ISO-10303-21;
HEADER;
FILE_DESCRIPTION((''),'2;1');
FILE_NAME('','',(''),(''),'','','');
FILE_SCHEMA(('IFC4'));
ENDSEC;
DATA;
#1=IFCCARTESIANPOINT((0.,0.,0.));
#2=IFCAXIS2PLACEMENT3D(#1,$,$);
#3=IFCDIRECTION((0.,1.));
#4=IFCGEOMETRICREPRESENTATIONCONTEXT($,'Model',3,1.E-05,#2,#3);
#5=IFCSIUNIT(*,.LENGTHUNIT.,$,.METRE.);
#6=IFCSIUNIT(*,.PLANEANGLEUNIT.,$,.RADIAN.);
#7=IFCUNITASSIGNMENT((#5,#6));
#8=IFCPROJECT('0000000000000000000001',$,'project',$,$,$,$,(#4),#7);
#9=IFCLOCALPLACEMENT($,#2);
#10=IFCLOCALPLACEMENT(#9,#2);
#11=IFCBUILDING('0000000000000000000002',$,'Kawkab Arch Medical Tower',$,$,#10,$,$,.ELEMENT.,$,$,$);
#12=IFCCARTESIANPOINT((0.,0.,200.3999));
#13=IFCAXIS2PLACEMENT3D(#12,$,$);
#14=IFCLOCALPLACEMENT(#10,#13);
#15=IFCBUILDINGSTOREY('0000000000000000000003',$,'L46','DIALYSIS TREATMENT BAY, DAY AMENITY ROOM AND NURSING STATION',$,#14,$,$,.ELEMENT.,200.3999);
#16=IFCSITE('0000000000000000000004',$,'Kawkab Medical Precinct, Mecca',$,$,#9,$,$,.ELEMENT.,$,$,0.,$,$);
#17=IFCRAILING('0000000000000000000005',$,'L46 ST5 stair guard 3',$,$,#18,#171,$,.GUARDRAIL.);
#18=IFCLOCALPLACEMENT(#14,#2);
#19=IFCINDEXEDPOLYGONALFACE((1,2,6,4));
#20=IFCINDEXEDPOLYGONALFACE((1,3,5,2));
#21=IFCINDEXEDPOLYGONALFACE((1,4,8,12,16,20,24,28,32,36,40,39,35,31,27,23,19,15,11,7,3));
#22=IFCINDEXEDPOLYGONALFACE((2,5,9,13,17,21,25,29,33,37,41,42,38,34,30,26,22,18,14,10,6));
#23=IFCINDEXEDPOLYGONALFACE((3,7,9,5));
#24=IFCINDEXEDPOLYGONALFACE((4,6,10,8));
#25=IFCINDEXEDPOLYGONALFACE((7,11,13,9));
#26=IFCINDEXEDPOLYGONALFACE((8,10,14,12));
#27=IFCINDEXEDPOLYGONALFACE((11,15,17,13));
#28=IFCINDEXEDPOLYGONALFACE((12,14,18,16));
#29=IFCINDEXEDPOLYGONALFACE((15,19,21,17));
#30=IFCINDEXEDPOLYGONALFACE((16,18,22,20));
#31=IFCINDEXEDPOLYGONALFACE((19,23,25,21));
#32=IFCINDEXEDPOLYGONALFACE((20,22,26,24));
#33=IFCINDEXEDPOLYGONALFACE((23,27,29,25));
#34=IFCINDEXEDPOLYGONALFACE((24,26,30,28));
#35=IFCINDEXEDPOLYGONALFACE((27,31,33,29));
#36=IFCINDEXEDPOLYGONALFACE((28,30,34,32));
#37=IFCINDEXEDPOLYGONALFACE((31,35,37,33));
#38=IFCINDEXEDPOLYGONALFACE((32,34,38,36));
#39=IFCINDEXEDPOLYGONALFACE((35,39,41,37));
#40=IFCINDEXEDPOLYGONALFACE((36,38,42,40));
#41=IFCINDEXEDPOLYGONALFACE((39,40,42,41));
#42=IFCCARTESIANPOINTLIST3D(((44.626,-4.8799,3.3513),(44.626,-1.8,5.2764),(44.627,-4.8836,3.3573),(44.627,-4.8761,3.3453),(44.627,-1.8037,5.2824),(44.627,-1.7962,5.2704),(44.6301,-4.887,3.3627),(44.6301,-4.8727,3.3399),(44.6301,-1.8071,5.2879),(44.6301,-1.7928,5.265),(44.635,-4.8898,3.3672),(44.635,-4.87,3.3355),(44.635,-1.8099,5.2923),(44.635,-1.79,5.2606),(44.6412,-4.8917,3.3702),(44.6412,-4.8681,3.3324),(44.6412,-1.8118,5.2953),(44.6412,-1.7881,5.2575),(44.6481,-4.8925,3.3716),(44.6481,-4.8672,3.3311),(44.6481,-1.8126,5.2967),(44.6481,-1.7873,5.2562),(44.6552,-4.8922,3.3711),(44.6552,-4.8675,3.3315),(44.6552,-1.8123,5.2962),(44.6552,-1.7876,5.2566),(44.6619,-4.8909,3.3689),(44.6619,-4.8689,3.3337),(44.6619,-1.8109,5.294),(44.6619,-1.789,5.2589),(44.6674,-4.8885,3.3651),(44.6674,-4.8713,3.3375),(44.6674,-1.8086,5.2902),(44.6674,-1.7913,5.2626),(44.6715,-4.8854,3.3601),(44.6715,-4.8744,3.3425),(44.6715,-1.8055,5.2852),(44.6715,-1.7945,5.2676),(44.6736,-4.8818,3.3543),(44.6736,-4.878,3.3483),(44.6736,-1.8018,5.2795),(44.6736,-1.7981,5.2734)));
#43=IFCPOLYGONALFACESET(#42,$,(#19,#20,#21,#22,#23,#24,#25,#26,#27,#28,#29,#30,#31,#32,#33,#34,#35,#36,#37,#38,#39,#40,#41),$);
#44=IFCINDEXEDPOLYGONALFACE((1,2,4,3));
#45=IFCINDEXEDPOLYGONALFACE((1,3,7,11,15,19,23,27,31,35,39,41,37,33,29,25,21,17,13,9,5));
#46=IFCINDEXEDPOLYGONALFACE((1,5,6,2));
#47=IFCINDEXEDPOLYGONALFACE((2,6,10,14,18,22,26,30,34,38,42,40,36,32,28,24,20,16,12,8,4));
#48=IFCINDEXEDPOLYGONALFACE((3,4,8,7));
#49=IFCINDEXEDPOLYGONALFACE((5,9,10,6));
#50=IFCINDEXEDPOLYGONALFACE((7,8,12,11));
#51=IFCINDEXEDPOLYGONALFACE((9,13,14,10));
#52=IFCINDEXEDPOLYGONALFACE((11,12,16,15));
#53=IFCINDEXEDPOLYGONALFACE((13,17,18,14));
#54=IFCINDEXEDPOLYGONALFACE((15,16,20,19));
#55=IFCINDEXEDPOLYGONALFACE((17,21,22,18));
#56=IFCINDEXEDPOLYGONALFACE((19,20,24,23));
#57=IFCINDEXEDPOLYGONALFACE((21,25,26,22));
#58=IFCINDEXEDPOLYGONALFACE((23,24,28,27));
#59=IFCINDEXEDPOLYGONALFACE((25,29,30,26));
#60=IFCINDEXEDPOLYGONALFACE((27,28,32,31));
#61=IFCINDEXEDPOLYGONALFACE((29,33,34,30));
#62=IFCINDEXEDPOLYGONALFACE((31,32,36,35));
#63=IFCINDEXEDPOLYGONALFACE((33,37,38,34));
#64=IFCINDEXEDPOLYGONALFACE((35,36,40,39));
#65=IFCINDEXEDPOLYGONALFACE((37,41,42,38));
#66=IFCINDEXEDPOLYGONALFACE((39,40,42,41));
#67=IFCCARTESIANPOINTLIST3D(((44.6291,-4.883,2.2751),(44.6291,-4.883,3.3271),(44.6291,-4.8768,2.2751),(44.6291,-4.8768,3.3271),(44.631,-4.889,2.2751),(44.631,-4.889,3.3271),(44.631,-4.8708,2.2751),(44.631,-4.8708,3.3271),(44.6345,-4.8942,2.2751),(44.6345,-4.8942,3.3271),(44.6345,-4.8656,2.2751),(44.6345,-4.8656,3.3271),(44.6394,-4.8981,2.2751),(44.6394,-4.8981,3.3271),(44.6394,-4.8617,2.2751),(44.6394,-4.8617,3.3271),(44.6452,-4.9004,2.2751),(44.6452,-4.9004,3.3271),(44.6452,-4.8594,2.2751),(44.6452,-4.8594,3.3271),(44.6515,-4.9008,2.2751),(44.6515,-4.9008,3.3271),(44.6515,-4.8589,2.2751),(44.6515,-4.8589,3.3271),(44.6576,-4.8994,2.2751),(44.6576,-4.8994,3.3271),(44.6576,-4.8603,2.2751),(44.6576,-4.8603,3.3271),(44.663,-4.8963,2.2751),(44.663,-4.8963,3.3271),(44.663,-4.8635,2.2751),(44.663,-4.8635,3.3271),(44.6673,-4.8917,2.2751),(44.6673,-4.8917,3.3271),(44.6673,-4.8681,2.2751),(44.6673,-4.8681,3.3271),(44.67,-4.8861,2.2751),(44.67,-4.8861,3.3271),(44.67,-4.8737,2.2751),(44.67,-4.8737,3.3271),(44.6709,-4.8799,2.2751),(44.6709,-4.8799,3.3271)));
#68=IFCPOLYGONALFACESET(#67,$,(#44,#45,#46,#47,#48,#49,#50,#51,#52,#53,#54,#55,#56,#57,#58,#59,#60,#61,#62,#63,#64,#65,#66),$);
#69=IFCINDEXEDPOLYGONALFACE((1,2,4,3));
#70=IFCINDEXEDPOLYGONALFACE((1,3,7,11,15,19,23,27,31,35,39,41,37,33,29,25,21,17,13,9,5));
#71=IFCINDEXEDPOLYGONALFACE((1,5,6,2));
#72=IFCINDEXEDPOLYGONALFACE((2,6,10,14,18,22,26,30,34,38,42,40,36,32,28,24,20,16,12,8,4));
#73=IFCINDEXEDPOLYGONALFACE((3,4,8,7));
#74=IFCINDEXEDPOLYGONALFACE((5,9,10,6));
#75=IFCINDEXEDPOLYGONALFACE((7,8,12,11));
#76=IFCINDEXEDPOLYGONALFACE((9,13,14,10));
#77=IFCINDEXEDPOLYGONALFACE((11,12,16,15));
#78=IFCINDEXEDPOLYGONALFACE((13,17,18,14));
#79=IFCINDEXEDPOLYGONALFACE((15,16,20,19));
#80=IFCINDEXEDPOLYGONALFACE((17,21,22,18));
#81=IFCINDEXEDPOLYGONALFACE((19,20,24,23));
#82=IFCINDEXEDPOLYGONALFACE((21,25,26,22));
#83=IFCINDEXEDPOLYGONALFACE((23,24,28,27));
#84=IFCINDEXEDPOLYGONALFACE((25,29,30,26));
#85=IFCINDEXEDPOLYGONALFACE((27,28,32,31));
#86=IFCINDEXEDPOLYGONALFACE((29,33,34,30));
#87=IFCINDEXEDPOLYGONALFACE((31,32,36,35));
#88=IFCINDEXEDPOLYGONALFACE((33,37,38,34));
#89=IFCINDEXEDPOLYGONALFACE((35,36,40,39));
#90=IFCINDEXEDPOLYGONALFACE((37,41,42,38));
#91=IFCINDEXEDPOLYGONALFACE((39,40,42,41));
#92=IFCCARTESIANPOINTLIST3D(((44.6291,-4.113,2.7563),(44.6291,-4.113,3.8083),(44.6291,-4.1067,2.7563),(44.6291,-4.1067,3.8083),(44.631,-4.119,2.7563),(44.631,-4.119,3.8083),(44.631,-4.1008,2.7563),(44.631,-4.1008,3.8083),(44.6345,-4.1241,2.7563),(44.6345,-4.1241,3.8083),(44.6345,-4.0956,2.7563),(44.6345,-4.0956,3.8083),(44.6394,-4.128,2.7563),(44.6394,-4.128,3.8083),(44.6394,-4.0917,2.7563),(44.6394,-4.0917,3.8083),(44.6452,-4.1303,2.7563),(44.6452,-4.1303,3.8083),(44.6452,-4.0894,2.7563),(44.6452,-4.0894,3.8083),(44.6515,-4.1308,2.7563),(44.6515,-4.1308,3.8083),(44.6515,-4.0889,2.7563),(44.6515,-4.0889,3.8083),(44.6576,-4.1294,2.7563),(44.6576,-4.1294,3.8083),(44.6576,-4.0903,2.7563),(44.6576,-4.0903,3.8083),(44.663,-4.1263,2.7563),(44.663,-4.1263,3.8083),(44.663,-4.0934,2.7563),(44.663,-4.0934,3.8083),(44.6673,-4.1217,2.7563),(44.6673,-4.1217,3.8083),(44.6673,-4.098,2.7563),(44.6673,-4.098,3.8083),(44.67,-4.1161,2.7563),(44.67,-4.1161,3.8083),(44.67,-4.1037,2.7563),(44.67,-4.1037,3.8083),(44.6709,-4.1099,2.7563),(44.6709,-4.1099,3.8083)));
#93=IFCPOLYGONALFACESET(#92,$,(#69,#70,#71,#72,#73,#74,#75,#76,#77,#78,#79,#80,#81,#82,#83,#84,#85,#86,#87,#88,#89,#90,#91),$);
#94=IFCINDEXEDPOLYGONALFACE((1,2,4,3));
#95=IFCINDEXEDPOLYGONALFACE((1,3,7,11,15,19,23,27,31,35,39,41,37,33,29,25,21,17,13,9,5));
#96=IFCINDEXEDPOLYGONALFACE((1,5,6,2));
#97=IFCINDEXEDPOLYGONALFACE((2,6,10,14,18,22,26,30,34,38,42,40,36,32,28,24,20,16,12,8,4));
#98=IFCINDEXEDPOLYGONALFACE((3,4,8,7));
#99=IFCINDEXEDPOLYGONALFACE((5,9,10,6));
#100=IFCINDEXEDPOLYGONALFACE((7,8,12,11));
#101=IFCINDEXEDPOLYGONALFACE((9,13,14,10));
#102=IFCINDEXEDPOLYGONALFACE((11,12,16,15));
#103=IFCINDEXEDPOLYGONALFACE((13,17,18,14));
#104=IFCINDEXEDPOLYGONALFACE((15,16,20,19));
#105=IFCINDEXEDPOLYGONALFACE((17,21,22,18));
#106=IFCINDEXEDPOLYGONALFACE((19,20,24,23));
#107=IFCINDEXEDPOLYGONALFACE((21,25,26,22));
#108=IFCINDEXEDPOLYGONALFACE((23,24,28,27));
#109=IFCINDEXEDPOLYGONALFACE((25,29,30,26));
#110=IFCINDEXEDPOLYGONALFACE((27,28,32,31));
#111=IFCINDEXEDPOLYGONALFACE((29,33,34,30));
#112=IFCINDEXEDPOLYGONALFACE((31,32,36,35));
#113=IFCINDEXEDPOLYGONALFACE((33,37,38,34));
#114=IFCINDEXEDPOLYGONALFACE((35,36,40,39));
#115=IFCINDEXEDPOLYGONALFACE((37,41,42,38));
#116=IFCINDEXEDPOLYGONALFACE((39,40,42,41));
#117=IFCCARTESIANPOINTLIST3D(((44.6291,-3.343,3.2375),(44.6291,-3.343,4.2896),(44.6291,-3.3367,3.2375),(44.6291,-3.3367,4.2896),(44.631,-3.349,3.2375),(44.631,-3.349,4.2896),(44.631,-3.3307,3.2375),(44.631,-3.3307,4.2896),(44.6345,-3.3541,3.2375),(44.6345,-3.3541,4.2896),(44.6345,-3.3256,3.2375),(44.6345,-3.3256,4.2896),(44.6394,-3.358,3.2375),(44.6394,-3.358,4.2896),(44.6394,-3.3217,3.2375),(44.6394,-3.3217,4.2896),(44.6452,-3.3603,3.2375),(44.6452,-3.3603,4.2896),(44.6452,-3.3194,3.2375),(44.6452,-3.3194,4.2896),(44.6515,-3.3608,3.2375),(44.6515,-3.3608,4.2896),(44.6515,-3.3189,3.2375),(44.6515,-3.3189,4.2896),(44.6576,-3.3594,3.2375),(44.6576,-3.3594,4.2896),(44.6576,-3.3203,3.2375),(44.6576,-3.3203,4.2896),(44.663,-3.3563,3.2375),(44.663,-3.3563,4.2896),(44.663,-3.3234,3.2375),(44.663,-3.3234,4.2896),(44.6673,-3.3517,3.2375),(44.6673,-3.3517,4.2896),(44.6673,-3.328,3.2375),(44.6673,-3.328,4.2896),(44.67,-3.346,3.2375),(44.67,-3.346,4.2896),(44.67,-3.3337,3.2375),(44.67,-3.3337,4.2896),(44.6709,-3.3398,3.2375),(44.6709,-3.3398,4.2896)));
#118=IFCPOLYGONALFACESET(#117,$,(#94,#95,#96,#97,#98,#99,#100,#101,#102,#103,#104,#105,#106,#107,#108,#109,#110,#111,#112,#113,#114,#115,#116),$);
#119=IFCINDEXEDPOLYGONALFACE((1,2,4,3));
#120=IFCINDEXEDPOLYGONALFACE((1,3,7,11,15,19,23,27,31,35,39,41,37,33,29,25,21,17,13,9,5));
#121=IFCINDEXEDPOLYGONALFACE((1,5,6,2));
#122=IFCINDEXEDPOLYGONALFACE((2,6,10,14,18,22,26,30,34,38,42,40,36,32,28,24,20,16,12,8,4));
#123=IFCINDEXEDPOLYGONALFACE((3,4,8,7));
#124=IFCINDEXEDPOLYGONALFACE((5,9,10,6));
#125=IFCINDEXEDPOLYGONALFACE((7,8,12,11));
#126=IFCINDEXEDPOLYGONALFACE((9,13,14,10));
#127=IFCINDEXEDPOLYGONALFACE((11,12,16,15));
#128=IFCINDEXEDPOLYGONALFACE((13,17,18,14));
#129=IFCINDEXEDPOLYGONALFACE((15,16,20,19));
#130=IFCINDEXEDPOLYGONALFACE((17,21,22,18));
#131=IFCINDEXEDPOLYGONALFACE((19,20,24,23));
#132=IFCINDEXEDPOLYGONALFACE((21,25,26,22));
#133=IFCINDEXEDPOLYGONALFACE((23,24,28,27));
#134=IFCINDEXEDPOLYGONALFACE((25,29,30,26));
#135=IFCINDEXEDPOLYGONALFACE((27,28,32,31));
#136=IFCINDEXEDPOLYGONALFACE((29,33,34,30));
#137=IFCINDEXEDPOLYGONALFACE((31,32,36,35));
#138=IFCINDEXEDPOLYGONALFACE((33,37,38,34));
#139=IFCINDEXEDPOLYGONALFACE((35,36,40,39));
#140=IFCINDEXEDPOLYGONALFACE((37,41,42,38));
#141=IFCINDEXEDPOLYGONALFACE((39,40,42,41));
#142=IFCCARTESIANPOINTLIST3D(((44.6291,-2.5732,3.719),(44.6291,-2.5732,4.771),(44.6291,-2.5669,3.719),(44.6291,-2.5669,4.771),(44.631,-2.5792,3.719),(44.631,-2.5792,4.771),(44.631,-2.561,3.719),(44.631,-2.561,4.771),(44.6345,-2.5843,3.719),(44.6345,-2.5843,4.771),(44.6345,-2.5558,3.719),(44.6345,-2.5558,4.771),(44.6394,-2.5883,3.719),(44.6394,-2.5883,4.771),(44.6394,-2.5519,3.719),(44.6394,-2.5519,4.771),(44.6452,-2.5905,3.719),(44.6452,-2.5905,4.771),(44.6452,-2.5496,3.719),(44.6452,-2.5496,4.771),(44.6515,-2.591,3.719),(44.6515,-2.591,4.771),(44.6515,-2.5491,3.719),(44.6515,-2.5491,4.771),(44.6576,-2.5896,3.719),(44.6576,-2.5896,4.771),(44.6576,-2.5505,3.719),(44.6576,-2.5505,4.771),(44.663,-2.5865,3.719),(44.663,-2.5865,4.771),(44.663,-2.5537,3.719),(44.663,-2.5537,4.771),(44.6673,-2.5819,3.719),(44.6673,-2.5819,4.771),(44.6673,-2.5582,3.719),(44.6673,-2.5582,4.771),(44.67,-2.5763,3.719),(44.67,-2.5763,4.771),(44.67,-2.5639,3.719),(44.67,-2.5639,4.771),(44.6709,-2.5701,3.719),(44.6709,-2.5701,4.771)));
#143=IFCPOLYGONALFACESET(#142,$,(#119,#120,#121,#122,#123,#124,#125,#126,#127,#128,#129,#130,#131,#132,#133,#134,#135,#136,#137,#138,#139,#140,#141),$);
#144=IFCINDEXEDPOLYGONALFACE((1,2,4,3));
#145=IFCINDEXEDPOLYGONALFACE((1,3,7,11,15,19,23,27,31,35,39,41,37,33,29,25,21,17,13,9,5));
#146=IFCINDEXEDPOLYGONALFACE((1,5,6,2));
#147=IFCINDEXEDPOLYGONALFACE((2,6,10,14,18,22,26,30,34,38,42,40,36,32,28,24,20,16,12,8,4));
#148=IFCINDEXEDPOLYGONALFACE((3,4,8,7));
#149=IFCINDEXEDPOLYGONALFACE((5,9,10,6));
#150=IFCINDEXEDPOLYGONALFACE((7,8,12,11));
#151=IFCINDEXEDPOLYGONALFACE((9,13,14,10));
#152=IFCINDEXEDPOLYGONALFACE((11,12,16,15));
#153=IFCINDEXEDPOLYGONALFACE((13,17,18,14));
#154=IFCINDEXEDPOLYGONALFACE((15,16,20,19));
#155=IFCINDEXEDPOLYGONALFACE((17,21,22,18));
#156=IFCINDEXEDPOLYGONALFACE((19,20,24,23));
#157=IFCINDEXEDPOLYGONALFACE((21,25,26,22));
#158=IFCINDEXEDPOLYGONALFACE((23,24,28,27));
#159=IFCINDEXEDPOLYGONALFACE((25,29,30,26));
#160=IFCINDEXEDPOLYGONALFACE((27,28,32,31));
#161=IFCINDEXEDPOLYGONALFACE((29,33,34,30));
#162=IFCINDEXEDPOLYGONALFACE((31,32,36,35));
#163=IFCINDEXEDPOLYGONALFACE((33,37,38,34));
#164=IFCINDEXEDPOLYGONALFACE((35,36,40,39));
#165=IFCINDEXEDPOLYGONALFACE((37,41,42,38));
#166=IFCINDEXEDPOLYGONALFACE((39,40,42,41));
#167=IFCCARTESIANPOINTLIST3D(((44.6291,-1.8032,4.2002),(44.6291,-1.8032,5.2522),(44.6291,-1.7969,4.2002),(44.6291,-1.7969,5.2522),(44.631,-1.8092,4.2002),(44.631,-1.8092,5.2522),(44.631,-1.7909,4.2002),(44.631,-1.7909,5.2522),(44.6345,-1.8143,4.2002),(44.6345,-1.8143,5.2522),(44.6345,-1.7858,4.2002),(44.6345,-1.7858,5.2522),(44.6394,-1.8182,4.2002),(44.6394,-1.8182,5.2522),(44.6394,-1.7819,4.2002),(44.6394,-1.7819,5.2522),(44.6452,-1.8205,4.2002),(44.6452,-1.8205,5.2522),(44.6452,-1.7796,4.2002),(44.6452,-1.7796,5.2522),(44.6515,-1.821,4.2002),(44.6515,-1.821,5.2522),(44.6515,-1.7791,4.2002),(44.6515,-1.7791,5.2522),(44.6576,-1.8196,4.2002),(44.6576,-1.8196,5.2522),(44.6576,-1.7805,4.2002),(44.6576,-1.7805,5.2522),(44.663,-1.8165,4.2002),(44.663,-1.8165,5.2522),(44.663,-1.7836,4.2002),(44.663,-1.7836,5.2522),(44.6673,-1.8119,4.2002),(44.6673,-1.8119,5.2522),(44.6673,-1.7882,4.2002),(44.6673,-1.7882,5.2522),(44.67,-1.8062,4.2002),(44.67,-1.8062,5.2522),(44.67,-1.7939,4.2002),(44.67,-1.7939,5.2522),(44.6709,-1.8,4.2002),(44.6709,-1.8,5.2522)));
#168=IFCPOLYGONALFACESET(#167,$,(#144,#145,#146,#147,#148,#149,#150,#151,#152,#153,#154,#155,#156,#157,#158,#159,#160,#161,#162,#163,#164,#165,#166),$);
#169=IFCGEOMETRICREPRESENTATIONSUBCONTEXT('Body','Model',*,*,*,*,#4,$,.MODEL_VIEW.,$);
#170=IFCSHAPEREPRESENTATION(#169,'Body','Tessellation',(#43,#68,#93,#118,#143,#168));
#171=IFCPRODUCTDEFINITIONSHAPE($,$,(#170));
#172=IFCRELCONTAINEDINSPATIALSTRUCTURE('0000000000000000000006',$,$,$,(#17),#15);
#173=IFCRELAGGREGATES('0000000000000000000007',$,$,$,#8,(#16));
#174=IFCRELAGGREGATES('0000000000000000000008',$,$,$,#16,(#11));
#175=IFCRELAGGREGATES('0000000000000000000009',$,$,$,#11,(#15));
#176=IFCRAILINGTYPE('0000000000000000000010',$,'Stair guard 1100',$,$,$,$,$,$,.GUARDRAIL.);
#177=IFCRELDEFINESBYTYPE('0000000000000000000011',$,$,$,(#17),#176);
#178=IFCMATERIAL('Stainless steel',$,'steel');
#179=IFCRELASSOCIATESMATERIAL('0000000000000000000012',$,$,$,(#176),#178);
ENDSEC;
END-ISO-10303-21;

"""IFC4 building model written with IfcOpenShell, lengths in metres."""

from ifc_helpers import new_model, si_unit, direction, frame, origin, origin_2d, place, context, subcontext, project, spatial, circle, extrude, material, type_object, element, save


model = new_model("IFC4")

# Units and contexts
model_context = context("Model", 3, precision=1e-05, world=origin(), true_north=direction((0.0, 1.0)))
body_context = subcontext(model_context, "Body", "Model", "MODEL_VIEW")
ifc_project = project(units=[si_unit("LENGTHUNIT", "METRE"), si_unit("PLANEANGLEUNIT", "RADIAN")], contexts=[model_context])

# Site, building, storey
site_placement = place(None, origin())
site = spatial("IfcSite", under=ifc_project, at=site_placement, Name="Kawkab Medical Precinct, Mecca", CompositionType="ELEMENT", RefElevation=0.0)
building_placement = place(site_placement, origin())
building = spatial("IfcBuilding", under=site, at=building_placement, Name="Kawkab Arch Medical Tower", CompositionType="ELEMENT")
storey_placement = place(building_placement, frame((0.0, 0.0, 200.3999)))
storey = spatial("IfcBuildingStorey", under=building, at=storey_placement, Name="L46", Description="DIALYSIS TREATMENT BAY, DAY AMENITY ROOM AND NURSING STATION", CompositionType="ELEMENT", Elevation=200.3999)

# Railing
ifc_material_1 = material(Name="Stainless steel", Category="steel")
railing_type = type_object("IfcRailingType", Name="Stair guard 1100", PredefinedType="GUARDRAIL", material=ifc_material_1)
railing_1_placement = place(storey_placement, frame((44.6499, -4.8799, 2.2751)))
element("IfcRailing", 1, at=railing_1_placement, inside=storey, type_object=railing_type, Name="L46 ST5 stair guard 3", PredefinedType="GUARDRAIL", context=body_context, shape_type="SweptSolid", body=[
    extrude(circle(Radius=0.0239, at=origin_2d()), frame((0.0, 0.0, 1.0762), z_axis=(0.0, 0.847979, 0.530029), x_axis=(-1.0, 0.0, 0.0)), (0.0, 0.0, 1.0), 3.6321),
    extrude(circle(Radius=0.021, at=origin_2d()), origin(), (0.0, 0.0, 1.0), 1.052),
    extrude(circle(Radius=0.021, at=origin_2d()), frame((0.0, 0.77, 0.4812)), (0.0, 0.0, 1.0), 1.052),
    extrude(circle(Radius=0.021, at=origin_2d()), frame((0.0, 1.54, 0.9624)), (0.0, 0.0, 1.0), 1.052),
    extrude(circle(Radius=0.021, at=origin_2d()), frame((0.0, 2.3098, 1.4438)), (0.0, 0.0, 1.0), 1.052),
    extrude(circle(Radius=0.021, at=origin_2d()), frame((0.0, 3.0798, 1.925)), (0.0, 0.0, 1.0), 1.052),
])

save(model, "model.ifc")
